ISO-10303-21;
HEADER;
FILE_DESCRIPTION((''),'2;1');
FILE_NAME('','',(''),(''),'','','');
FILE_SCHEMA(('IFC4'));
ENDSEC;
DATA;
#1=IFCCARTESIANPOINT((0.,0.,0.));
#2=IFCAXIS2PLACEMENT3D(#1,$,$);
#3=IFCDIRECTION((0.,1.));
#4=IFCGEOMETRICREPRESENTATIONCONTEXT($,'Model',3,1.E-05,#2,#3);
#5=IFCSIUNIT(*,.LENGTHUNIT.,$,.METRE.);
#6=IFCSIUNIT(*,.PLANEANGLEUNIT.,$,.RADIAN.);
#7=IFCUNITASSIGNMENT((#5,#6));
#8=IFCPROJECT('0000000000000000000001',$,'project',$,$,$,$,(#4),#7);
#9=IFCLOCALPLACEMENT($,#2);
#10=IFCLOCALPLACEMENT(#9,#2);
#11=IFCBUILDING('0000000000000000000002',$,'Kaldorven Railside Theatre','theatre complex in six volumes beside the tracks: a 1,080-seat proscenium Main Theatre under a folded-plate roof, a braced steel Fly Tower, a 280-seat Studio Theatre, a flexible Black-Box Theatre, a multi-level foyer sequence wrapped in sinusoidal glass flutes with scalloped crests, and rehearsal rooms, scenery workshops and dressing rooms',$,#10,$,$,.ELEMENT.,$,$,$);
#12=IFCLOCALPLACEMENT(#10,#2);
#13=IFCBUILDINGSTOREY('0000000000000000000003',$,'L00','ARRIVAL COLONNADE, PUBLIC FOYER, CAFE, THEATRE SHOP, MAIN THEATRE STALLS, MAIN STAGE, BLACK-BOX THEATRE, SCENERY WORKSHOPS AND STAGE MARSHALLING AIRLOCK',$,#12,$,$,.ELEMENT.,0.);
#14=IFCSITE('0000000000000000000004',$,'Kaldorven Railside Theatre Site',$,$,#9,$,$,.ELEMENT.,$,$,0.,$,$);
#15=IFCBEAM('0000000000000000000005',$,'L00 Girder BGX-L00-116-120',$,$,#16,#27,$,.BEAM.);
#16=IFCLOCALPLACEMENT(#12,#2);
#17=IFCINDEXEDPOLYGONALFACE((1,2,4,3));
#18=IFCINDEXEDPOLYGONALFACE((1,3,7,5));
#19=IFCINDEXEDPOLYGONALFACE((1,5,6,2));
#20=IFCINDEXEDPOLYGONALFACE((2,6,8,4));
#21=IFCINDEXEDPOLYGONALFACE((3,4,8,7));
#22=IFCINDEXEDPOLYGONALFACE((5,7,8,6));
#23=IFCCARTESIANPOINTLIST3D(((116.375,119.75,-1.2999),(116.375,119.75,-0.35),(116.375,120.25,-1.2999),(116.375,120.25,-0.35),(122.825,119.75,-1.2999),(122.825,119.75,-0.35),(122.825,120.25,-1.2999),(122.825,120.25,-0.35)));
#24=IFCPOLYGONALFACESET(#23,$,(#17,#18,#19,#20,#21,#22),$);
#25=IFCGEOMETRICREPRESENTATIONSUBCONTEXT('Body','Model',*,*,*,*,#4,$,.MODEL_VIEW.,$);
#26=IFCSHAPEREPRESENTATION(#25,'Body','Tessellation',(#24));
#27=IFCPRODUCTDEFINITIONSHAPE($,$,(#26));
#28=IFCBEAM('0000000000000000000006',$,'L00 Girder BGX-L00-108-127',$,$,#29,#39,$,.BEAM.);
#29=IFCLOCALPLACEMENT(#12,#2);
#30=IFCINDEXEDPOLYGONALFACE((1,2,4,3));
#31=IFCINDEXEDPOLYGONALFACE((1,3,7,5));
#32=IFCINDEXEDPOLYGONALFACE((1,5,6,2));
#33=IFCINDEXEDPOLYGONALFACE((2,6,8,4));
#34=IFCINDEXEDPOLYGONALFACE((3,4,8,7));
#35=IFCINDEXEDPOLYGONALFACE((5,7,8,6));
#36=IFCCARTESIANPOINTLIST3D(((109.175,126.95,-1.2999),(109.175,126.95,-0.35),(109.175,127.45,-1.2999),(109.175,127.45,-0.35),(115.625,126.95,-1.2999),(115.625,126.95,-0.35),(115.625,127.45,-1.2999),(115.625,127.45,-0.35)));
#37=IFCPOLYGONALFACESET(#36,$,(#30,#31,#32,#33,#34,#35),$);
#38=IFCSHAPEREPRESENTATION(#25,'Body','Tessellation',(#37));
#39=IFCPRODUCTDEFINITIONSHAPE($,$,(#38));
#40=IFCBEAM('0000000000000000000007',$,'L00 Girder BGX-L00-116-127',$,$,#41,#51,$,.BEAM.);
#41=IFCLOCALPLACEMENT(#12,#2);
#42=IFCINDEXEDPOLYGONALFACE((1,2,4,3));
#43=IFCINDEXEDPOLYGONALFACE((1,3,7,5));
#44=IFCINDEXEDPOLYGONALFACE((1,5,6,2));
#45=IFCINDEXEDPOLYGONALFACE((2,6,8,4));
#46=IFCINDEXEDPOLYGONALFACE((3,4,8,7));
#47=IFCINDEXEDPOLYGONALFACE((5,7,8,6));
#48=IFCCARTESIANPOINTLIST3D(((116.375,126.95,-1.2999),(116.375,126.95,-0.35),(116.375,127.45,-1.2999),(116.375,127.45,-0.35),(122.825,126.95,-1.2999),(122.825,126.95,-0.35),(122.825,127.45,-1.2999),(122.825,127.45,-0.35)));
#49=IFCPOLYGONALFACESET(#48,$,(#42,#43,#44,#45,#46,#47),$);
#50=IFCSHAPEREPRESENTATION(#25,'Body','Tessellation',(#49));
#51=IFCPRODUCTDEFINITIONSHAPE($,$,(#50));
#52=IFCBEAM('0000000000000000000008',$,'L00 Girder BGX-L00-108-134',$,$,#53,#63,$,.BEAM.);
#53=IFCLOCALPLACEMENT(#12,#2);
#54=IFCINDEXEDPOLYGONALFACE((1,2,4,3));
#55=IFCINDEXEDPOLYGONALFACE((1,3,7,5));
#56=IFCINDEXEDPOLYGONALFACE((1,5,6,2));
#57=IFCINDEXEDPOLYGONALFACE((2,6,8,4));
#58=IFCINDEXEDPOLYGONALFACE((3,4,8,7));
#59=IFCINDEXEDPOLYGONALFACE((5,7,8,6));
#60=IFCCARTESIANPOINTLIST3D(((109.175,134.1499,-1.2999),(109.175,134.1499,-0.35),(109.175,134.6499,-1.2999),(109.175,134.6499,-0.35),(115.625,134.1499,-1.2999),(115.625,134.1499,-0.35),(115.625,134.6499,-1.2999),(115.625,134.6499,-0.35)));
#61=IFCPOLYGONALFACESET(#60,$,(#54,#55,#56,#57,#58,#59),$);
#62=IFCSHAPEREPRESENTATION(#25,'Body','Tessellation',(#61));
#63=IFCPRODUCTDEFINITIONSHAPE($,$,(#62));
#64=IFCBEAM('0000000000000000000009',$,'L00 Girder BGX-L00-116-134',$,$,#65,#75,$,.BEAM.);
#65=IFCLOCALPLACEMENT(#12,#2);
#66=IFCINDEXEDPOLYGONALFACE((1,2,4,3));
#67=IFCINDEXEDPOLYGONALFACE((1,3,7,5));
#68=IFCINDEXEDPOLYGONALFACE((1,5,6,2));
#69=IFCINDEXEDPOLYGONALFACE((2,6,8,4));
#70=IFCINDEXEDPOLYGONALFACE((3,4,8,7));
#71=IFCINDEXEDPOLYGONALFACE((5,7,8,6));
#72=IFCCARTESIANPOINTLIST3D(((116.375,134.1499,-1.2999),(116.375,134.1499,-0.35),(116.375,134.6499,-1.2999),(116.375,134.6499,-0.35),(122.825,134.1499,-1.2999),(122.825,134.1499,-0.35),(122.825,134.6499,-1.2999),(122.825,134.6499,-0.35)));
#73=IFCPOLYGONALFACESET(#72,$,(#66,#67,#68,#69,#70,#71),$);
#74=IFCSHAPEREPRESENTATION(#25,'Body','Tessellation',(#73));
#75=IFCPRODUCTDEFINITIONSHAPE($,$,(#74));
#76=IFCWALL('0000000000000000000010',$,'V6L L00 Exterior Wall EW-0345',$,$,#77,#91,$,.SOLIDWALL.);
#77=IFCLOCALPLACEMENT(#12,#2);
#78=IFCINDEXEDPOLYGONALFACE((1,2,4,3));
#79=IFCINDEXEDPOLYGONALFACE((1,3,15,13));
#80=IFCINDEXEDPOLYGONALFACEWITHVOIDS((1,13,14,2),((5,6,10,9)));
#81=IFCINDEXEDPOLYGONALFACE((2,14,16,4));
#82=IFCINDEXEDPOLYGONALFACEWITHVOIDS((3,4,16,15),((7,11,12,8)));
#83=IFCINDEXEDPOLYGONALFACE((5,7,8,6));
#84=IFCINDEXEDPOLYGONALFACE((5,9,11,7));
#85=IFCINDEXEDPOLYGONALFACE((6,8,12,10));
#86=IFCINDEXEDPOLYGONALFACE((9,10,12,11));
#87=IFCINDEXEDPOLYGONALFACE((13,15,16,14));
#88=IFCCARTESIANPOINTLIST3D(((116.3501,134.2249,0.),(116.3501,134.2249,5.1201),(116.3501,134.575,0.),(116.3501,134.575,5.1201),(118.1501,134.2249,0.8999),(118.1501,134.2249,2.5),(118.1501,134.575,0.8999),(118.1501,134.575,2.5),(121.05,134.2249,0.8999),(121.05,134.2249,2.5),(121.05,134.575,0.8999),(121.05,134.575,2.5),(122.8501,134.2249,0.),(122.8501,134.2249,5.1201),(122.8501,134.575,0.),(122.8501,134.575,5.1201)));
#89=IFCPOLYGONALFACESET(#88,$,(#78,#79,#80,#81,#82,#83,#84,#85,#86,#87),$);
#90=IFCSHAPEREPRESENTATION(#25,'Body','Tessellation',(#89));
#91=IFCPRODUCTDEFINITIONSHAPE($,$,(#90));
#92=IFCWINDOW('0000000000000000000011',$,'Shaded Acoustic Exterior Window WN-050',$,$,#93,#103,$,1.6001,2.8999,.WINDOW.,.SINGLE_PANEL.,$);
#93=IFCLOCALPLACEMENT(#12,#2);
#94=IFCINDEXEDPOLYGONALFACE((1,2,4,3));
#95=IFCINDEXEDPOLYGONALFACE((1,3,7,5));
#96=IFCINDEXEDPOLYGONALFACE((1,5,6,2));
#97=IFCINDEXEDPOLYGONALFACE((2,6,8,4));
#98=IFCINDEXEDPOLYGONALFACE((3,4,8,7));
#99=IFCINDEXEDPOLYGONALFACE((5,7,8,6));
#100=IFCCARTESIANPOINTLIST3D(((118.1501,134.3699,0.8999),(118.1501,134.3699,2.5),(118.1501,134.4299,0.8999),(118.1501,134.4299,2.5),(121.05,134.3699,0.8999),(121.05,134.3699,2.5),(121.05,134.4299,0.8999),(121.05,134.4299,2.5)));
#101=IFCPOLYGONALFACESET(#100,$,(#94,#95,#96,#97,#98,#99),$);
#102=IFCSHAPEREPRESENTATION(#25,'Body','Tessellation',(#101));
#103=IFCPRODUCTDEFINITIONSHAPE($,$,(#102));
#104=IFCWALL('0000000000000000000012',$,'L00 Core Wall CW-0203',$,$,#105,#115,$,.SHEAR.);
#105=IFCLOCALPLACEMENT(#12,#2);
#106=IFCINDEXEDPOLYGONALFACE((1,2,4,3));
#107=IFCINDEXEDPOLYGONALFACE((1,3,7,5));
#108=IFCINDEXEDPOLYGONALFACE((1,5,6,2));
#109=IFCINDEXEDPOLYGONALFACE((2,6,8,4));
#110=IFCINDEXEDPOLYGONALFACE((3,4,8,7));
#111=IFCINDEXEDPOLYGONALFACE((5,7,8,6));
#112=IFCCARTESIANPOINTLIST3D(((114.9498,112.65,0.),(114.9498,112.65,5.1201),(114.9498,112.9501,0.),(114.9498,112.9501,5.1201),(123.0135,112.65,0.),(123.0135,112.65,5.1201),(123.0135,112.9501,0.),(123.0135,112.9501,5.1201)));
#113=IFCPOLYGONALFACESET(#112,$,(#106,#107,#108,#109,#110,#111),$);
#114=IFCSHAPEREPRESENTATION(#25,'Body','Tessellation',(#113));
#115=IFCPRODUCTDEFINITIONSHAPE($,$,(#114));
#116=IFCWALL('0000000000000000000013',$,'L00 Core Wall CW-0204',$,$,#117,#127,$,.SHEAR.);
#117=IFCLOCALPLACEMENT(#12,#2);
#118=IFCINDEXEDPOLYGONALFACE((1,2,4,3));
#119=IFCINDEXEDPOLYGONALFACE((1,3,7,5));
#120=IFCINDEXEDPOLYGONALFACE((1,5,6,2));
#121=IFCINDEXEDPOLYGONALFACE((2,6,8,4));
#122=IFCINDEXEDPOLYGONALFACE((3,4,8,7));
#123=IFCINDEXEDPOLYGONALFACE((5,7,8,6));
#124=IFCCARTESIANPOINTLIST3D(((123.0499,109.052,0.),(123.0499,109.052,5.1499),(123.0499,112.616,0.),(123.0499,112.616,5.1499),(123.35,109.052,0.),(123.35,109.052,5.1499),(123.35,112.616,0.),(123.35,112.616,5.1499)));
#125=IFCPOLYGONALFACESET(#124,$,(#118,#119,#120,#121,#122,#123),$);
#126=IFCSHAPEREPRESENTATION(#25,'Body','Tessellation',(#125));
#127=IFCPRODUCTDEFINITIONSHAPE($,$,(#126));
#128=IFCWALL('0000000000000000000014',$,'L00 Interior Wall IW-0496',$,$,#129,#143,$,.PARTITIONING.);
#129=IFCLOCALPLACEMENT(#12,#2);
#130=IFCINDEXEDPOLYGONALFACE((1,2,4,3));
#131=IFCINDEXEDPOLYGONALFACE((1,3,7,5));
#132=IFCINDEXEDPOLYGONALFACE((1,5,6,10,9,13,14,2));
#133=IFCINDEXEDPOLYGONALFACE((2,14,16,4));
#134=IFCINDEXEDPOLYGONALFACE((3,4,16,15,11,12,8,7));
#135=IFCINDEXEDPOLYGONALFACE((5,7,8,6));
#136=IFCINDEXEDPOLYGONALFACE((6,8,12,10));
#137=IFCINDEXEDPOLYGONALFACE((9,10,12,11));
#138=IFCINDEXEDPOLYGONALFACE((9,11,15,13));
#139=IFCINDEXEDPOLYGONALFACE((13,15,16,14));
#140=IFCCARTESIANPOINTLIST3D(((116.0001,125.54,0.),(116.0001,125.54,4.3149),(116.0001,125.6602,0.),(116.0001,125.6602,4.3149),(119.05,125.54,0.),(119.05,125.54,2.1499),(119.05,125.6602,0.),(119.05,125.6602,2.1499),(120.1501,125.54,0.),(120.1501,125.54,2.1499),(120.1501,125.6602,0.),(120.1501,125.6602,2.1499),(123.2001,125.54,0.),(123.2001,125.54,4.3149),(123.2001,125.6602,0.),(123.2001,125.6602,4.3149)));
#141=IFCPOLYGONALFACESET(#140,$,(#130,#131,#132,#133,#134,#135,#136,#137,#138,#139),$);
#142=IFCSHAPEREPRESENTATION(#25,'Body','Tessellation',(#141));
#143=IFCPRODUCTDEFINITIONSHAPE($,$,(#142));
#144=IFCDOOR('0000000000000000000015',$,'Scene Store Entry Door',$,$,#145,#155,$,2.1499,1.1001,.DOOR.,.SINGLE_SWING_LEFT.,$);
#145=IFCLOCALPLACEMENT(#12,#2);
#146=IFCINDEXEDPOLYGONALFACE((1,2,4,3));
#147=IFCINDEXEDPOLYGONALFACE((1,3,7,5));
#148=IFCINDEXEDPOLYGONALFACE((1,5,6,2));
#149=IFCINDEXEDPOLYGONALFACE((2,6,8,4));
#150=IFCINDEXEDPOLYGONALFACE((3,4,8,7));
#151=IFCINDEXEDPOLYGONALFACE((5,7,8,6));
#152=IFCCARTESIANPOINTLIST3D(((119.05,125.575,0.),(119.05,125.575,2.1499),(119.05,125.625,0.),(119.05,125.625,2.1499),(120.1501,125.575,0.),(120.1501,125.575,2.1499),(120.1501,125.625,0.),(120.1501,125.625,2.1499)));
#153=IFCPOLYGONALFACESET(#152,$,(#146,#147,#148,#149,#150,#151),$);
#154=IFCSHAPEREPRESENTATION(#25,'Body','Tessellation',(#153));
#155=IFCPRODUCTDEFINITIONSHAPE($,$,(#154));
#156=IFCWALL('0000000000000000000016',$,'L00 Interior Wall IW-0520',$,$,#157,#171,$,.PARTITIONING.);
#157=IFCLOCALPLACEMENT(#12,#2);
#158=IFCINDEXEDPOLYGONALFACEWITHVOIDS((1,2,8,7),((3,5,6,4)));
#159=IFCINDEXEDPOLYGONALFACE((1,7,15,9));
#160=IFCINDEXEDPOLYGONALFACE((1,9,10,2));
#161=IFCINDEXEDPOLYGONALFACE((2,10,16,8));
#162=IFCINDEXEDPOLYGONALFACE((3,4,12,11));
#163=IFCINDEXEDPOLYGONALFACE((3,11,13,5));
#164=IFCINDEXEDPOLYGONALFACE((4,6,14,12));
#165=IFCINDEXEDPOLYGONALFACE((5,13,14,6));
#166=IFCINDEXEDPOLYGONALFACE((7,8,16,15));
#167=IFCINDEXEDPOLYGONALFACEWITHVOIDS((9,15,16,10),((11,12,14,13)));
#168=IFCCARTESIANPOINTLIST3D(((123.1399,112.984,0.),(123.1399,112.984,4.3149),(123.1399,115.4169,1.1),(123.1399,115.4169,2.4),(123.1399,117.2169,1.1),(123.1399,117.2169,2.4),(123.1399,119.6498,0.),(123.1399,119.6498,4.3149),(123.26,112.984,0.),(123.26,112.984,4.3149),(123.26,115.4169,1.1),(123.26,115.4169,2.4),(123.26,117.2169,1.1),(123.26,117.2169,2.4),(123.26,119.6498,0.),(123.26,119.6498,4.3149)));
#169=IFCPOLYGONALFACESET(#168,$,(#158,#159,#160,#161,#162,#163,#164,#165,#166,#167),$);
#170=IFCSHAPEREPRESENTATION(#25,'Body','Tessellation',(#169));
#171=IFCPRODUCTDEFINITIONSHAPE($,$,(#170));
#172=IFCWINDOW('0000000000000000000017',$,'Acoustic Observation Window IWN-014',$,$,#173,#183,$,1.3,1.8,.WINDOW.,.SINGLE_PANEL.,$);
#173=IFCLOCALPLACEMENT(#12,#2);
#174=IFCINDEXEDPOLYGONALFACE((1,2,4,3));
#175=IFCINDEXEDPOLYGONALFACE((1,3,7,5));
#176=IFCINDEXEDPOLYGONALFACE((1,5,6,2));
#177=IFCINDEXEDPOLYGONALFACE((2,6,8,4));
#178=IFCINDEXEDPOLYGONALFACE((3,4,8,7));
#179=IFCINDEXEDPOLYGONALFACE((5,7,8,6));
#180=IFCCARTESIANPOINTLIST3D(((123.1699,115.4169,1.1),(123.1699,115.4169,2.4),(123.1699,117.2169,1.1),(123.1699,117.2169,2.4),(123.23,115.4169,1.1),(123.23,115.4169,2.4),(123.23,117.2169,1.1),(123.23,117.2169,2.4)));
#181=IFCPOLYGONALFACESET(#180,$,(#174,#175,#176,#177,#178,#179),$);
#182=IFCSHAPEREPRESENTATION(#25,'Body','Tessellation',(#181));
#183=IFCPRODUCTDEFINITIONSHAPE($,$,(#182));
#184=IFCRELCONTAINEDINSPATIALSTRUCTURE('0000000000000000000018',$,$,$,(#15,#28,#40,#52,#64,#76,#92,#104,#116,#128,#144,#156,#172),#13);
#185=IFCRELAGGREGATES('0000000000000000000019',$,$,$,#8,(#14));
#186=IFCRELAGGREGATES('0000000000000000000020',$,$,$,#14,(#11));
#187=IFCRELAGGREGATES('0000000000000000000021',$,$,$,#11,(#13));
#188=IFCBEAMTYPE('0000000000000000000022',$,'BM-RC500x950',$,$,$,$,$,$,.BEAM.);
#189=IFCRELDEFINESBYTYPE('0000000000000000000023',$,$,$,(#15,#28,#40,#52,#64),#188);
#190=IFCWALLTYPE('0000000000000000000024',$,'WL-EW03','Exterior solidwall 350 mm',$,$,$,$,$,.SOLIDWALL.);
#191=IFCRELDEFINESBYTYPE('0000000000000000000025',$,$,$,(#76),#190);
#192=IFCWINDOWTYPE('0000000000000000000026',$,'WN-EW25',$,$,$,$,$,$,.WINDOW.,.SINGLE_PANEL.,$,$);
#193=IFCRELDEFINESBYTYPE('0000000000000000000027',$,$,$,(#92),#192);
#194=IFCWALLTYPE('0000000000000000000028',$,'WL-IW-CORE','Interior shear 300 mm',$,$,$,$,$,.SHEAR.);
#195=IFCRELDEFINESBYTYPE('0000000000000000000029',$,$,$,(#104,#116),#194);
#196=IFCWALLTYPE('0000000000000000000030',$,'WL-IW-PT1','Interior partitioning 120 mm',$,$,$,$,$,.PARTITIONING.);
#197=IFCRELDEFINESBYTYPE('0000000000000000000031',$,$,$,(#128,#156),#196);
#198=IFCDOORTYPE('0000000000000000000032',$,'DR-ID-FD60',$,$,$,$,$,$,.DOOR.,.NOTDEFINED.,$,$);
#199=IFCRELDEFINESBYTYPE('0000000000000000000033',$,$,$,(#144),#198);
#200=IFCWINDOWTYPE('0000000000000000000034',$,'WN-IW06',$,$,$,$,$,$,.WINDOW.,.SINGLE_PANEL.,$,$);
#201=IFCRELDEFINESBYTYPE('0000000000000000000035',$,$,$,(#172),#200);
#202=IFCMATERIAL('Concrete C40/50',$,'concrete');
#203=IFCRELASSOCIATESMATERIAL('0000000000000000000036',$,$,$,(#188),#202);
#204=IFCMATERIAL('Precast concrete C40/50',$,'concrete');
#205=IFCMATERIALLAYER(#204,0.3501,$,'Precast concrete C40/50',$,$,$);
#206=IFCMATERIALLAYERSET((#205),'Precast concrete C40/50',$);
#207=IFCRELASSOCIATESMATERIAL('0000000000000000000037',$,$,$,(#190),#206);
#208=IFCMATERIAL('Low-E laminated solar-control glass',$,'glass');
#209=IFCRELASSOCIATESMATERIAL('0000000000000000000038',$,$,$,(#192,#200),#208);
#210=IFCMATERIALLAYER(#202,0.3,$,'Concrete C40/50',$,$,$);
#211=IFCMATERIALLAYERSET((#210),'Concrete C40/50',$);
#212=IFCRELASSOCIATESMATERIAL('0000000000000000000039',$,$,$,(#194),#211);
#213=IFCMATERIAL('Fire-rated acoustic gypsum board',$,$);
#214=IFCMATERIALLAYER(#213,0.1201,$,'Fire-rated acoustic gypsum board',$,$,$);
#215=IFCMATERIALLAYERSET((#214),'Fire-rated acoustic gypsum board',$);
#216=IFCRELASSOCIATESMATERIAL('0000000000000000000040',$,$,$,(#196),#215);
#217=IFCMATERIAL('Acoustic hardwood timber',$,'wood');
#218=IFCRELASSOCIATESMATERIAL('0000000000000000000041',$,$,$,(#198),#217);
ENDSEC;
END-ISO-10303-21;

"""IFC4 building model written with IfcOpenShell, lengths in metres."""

from ifc_helpers import new_model, si_unit, direction, frame, frame_2d, origin, origin_2d, place, context, subcontext, project, spatial, rectangle, extrude, material, layer, layer_set, material_profile, profile_set, type_object, element, fill, save


model = new_model("IFC4")

# Units and contexts
model_context = context("Model", 3, precision=1e-05, world=origin(), true_north=direction((0.0, 1.0)))
body_context = subcontext(model_context, "Body", "Model", "MODEL_VIEW")
ifc_project = project(units=[si_unit("LENGTHUNIT", "METRE"), si_unit("PLANEANGLEUNIT", "RADIAN")], contexts=[model_context])

# Site, building, storey
site_placement = place(None, origin())
site = spatial("IfcSite", under=ifc_project, at=site_placement, Name="Kaldorven Railside Theatre Site", CompositionType="ELEMENT", RefElevation=0.0)
building_placement = place(site_placement, origin())
building = spatial("IfcBuilding", under=site, at=building_placement, Name="Kaldorven Railside Theatre", Description="theatre complex in six volumes beside the tracks: a 1,080-seat proscenium Main Theatre under a folded-plate roof, a braced steel Fly Tower, a 280-seat Studio Theatre, a flexible Black-Box Theatre, a multi-level foyer sequence wrapped in sinusoidal glass flutes with scalloped crests, and rehearsal rooms, scenery workshops and dressing rooms", CompositionType="ELEMENT")
storey_placement = place(building_placement, origin())
storey = spatial("IfcBuildingStorey", under=building, at=storey_placement, Name="L00", Description="ARRIVAL COLONNADE, PUBLIC FOYER, CAFE, THEATRE SHOP, MAIN THEATRE STALLS, MAIN STAGE, BLACK-BOX THEATRE, SCENERY WORKSHOPS AND STAGE MARSHALLING AIRLOCK", CompositionType="ELEMENT", Elevation=0.0)

# Shared definitions
ifc_material_1 = material(Name="Concrete C40/50", Category="concrete")

# Beams
ifc_material_profile_1 = material_profile(ifc_material_1, rectangle(XDim=0.5, YDim=0.95, at=origin_2d()), Name="RC 500x950")
ifc_profile_set_1 = profile_set([ifc_material_profile_1], Name="Concrete C40/50")
beam_type_1 = type_object("IfcBeamType", Name="BM-RC500x950", PredefinedType="BEAM", material=ifc_profile_set_1)
for number, where, z_axis, x_axis, name in (
    (1, (116.375, 120.0, -0.825), (1.0, 0.0, 0.0), (0.0, 1.0, 0.0), "L00 Girder BGX-L00-116-120"),
    (2, (109.175, 127.2, -0.825), (1.0, 0.0, 0.0), (0.0, 1.0, 0.0), "L00 Girder BGX-L00-108-127"),
    (3, (116.375, 127.2, -0.825), (1.0, 0.0, 0.0), (0.0, 1.0, 0.0), "L00 Girder BGX-L00-116-127"),
    (4, (109.175, 134.3999, -0.825), (1.0, 0.0, 0.0), (0.0, 1.0, 0.0), "L00 Girder BGX-L00-108-134"),
    (5, (116.375, 134.3999, -0.825), (1.0, 0.0, 0.0), (0.0, 1.0, 0.0), "L00 Girder BGX-L00-116-134"),
):
    element("IfcBeam", number, at=place(storey_placement, frame(where, z_axis=z_axis, x_axis=x_axis)), inside=storey, type_object=beam_type_1, Name=name, PredefinedType="BEAM", context=body_context, shape_type="SweptSolid", body=[
        extrude(rectangle(XDim=0.5, YDim=0.95, at=origin_2d()), origin(), (0.0, 0.0, 1.0), 6.45),
    ])

# Wall, opening, window
ifc_material_2 = material(Name="Precast concrete C40/50", Category="concrete")
ifc_layer_1 = layer(ifc_material_2, 0.3501, Name="Precast concrete C40/50")
ifc_layer_set_1 = layer_set([ifc_layer_1], Name="Precast concrete C40/50")
wall_type_1 = type_object("IfcWallType", Name="WL-EW03", Description="Exterior solidwall 350 mm", PredefinedType="SOLIDWALL", material=ifc_layer_set_1)
wall_1_placement = place(storey_placement, frame((116.3501, 134.3999, 0.0), z_axis=(0.0, 0.0, 1.0), x_axis=(1.0, 0.0, 0.0)))
wall_1 = element("IfcWall", 6, at=wall_1_placement, inside=storey, type_object=wall_type_1, Name="V6L L00 Exterior Wall EW-0345", PredefinedType="SOLIDWALL", context=body_context, shape_type="SweptSolid", body=[
    extrude(rectangle(XDim=6.5, YDim=0.3501, at=frame_2d((3.25, 0.0))), origin(), (0.0, 0.0, 1.0), 5.1201),
])
opening_1_placement = place(wall_1_placement, frame((1.8, 0.0, 0.8999)))
opening_1 = element("IfcOpeningElement", 7, at=opening_1_placement, cuts=wall_1, PredefinedType="OPENING", context=body_context, shape_type="SweptSolid", body=[
    extrude(rectangle(XDim=2.8999, YDim=1.6001, at=frame_2d((1.45, 0.8))), frame((0.0, 0.1851, 0.0), z_axis=(0.0, -1.0, 0.0), x_axis=(1.0, 0.0, 0.0)), (0.0, 0.0, 1.0), 0.3701),
])
ifc_material_3 = material(Name="Low-E laminated solar-control glass", Category="glass")
window_type_1 = type_object("IfcWindowType", Name="WN-EW25", PartitioningType="SINGLE_PANEL", PredefinedType="WINDOW", material=ifc_material_3)
window_1_placement = place(opening_1_placement, origin())
window_1 = element("IfcWindow", 8, at=window_1_placement, inside=storey, type_object=window_type_1, Name="Shaded Acoustic Exterior Window WN-050", OverallHeight=1.6001, OverallWidth=2.8999, PartitioningType="SINGLE_PANEL", PredefinedType="WINDOW", context=body_context, shape_type="SweptSolid", body=[
    extrude(rectangle(XDim=2.8999, YDim=1.6001, at=frame_2d((1.45, 0.8))), frame((0.0, 0.03, 0.0), z_axis=(0.0, -1.0, 0.0), x_axis=(1.0, 0.0, 0.0)), (0.0, 0.0, 1.0), 0.0601),
])
fill(opening_1, window_1)

# Walls
ifc_layer_2 = layer(ifc_material_1, 0.3, Name="Concrete C40/50")
ifc_layer_set_2 = layer_set([ifc_layer_2], Name="Concrete C40/50")
wall_type_2 = type_object("IfcWallType", Name="WL-IW-CORE", Description="Interior shear 300 mm", PredefinedType="SHEAR", material=ifc_layer_set_2)
wall_2_placement = place(storey_placement, frame((114.95, 112.8, 0.0), z_axis=(0.0, 0.0, 1.0), x_axis=(1.0, 0.0, 0.0)))
element("IfcWall", 9, at=wall_2_placement, inside=storey, type_object=wall_type_2, Name="L00 Core Wall CW-0203", PredefinedType="SHEAR", context=body_context, shape_type="SweptSolid", body=[
    extrude(rectangle(XDim=8.0637, YDim=0.3, at=frame_2d((4.0317, 0.0))), origin(), (0.0, 0.0, 1.0), 5.1201),
])
wall_3_placement = place(storey_placement, frame((123.2, 112.616, 0.0), z_axis=(0.0, 0.0, 1.0), x_axis=(0.0, -1.0, 0.0)))
element("IfcWall", 10, at=wall_3_placement, inside=storey, type_object=wall_type_2, Name="L00 Core Wall CW-0204", PredefinedType="SHEAR", context=body_context, shape_type="SweptSolid", body=[
    extrude(rectangle(XDim=3.564, YDim=0.3, at=frame_2d((1.782, 0.0))), origin(), (0.0, 0.0, 1.0), 5.1499),
])

# Wall, opening, door
ifc_material_4 = material(Name="Fire-rated acoustic gypsum board")
ifc_layer_3 = layer(ifc_material_4, 0.1201, Name="Fire-rated acoustic gypsum board")
ifc_layer_set_3 = layer_set([ifc_layer_3], Name="Fire-rated acoustic gypsum board")
wall_type_3 = type_object("IfcWallType", Name="WL-IW-PT1", Description="Interior partitioning 120 mm", PredefinedType="PARTITIONING", material=ifc_layer_set_3)
wall_4_placement = place(storey_placement, frame((116.0, 125.6001, 0.0), z_axis=(0.0, 0.0, 1.0), x_axis=(1.0, 0.0, 0.0)))
wall_4 = element("IfcWall", 11, at=wall_4_placement, inside=storey, type_object=wall_type_3, Name="L00 Interior Wall IW-0496", PredefinedType="PARTITIONING", context=body_context, shape_type="SweptSolid", body=[
    extrude(rectangle(XDim=7.2, YDim=0.1201, at=frame_2d((3.6001, 0.0))), origin(), (0.0, 0.0, 1.0), 4.3149),
])
opening_2_placement = place(wall_4_placement, frame((3.05, 0.0, 0.0)))
opening_2 = element("IfcOpeningElement", 12, at=opening_2_placement, cuts=wall_4, PredefinedType="OPENING", context=body_context, shape_type="SweptSolid", body=[
    extrude(rectangle(XDim=1.1001, YDim=2.1499, at=frame_2d((0.55, 1.075))), frame((0.0, 0.0701, 0.0), z_axis=(0.0, -1.0, 0.0), x_axis=(1.0, 0.0, 0.0)), (0.0, 0.0, 1.0), 0.1401),
])
ifc_material_5 = material(Name="Acoustic hardwood timber", Category="wood")
door_type = type_object("IfcDoorType", Name="DR-ID-FD60", OperationType="NOTDEFINED", PredefinedType="DOOR", material=ifc_material_5)
door_placement = place(opening_2_placement, origin())
door = element("IfcDoor", 13, at=door_placement, inside=storey, type_object=door_type, Name="Scene Store Entry Door", OperationType="SINGLE_SWING_LEFT", OverallHeight=2.1499, OverallWidth=1.1001, PredefinedType="DOOR", context=body_context, shape_type="SweptSolid", body=[
    extrude(rectangle(XDim=1.1001, YDim=2.1499, at=frame_2d((0.55, 1.075))), frame((0.0, 0.0249, 0.0), z_axis=(0.0, -1.0, 0.0), x_axis=(1.0, 0.0, 0.0)), (0.0, 0.0, 1.0), 0.05),
])
fill(opening_2, door)

# Wall, opening, window
wall_5_placement = place(storey_placement, frame((123.2, 119.6499, 0.0), z_axis=(0.0, 0.0, 1.0), x_axis=(0.0, -1.0, 0.0)))
wall_5 = element("IfcWall", 14, at=wall_5_placement, inside=storey, type_object=wall_type_3, Name="L00 Interior Wall IW-0520", PredefinedType="PARTITIONING", context=body_context, shape_type="SweptSolid", body=[
    extrude(rectangle(XDim=6.6658, YDim=0.1201, at=frame_2d((3.333, 0.0))), origin(), (0.0, 0.0, 1.0), 4.3149),
])
opening_3_placement = place(wall_5_placement, frame((2.4331, 0.0, 1.1001)))
opening_3 = element("IfcOpeningElement", 15, at=opening_3_placement, cuts=wall_5, PredefinedType="OPENING", context=body_context, shape_type="SweptSolid", body=[
    extrude(rectangle(XDim=1.8, YDim=1.3, at=frame_2d((0.8999, 0.6499))), frame((0.0, 0.0701, 0.0), z_axis=(0.0, -1.0, 0.0), x_axis=(1.0, 0.0, 0.0)), (0.0, 0.0, 1.0), 0.1401),
])
window_type_2 = type_object("IfcWindowType", Name="WN-IW06", PartitioningType="SINGLE_PANEL", PredefinedType="WINDOW", material=ifc_material_3)
window_2_placement = place(opening_3_placement, origin())
window_2 = element("IfcWindow", 16, at=window_2_placement, inside=storey, type_object=window_type_2, Name="Acoustic Observation Window IWN-014", OverallHeight=1.3, OverallWidth=1.8, PartitioningType="SINGLE_PANEL", PredefinedType="WINDOW", context=body_context, shape_type="SweptSolid", body=[
    extrude(rectangle(XDim=1.8, YDim=1.3, at=frame_2d((0.8999, 0.6499))), frame((0.0, 0.03, 0.0), z_axis=(0.0, -1.0, 0.0), x_axis=(1.0, 0.0, 0.0)), (0.0, 0.0, 1.0), 0.0601),
])
fill(opening_3, window_2)

save(model, "model.ifc")
